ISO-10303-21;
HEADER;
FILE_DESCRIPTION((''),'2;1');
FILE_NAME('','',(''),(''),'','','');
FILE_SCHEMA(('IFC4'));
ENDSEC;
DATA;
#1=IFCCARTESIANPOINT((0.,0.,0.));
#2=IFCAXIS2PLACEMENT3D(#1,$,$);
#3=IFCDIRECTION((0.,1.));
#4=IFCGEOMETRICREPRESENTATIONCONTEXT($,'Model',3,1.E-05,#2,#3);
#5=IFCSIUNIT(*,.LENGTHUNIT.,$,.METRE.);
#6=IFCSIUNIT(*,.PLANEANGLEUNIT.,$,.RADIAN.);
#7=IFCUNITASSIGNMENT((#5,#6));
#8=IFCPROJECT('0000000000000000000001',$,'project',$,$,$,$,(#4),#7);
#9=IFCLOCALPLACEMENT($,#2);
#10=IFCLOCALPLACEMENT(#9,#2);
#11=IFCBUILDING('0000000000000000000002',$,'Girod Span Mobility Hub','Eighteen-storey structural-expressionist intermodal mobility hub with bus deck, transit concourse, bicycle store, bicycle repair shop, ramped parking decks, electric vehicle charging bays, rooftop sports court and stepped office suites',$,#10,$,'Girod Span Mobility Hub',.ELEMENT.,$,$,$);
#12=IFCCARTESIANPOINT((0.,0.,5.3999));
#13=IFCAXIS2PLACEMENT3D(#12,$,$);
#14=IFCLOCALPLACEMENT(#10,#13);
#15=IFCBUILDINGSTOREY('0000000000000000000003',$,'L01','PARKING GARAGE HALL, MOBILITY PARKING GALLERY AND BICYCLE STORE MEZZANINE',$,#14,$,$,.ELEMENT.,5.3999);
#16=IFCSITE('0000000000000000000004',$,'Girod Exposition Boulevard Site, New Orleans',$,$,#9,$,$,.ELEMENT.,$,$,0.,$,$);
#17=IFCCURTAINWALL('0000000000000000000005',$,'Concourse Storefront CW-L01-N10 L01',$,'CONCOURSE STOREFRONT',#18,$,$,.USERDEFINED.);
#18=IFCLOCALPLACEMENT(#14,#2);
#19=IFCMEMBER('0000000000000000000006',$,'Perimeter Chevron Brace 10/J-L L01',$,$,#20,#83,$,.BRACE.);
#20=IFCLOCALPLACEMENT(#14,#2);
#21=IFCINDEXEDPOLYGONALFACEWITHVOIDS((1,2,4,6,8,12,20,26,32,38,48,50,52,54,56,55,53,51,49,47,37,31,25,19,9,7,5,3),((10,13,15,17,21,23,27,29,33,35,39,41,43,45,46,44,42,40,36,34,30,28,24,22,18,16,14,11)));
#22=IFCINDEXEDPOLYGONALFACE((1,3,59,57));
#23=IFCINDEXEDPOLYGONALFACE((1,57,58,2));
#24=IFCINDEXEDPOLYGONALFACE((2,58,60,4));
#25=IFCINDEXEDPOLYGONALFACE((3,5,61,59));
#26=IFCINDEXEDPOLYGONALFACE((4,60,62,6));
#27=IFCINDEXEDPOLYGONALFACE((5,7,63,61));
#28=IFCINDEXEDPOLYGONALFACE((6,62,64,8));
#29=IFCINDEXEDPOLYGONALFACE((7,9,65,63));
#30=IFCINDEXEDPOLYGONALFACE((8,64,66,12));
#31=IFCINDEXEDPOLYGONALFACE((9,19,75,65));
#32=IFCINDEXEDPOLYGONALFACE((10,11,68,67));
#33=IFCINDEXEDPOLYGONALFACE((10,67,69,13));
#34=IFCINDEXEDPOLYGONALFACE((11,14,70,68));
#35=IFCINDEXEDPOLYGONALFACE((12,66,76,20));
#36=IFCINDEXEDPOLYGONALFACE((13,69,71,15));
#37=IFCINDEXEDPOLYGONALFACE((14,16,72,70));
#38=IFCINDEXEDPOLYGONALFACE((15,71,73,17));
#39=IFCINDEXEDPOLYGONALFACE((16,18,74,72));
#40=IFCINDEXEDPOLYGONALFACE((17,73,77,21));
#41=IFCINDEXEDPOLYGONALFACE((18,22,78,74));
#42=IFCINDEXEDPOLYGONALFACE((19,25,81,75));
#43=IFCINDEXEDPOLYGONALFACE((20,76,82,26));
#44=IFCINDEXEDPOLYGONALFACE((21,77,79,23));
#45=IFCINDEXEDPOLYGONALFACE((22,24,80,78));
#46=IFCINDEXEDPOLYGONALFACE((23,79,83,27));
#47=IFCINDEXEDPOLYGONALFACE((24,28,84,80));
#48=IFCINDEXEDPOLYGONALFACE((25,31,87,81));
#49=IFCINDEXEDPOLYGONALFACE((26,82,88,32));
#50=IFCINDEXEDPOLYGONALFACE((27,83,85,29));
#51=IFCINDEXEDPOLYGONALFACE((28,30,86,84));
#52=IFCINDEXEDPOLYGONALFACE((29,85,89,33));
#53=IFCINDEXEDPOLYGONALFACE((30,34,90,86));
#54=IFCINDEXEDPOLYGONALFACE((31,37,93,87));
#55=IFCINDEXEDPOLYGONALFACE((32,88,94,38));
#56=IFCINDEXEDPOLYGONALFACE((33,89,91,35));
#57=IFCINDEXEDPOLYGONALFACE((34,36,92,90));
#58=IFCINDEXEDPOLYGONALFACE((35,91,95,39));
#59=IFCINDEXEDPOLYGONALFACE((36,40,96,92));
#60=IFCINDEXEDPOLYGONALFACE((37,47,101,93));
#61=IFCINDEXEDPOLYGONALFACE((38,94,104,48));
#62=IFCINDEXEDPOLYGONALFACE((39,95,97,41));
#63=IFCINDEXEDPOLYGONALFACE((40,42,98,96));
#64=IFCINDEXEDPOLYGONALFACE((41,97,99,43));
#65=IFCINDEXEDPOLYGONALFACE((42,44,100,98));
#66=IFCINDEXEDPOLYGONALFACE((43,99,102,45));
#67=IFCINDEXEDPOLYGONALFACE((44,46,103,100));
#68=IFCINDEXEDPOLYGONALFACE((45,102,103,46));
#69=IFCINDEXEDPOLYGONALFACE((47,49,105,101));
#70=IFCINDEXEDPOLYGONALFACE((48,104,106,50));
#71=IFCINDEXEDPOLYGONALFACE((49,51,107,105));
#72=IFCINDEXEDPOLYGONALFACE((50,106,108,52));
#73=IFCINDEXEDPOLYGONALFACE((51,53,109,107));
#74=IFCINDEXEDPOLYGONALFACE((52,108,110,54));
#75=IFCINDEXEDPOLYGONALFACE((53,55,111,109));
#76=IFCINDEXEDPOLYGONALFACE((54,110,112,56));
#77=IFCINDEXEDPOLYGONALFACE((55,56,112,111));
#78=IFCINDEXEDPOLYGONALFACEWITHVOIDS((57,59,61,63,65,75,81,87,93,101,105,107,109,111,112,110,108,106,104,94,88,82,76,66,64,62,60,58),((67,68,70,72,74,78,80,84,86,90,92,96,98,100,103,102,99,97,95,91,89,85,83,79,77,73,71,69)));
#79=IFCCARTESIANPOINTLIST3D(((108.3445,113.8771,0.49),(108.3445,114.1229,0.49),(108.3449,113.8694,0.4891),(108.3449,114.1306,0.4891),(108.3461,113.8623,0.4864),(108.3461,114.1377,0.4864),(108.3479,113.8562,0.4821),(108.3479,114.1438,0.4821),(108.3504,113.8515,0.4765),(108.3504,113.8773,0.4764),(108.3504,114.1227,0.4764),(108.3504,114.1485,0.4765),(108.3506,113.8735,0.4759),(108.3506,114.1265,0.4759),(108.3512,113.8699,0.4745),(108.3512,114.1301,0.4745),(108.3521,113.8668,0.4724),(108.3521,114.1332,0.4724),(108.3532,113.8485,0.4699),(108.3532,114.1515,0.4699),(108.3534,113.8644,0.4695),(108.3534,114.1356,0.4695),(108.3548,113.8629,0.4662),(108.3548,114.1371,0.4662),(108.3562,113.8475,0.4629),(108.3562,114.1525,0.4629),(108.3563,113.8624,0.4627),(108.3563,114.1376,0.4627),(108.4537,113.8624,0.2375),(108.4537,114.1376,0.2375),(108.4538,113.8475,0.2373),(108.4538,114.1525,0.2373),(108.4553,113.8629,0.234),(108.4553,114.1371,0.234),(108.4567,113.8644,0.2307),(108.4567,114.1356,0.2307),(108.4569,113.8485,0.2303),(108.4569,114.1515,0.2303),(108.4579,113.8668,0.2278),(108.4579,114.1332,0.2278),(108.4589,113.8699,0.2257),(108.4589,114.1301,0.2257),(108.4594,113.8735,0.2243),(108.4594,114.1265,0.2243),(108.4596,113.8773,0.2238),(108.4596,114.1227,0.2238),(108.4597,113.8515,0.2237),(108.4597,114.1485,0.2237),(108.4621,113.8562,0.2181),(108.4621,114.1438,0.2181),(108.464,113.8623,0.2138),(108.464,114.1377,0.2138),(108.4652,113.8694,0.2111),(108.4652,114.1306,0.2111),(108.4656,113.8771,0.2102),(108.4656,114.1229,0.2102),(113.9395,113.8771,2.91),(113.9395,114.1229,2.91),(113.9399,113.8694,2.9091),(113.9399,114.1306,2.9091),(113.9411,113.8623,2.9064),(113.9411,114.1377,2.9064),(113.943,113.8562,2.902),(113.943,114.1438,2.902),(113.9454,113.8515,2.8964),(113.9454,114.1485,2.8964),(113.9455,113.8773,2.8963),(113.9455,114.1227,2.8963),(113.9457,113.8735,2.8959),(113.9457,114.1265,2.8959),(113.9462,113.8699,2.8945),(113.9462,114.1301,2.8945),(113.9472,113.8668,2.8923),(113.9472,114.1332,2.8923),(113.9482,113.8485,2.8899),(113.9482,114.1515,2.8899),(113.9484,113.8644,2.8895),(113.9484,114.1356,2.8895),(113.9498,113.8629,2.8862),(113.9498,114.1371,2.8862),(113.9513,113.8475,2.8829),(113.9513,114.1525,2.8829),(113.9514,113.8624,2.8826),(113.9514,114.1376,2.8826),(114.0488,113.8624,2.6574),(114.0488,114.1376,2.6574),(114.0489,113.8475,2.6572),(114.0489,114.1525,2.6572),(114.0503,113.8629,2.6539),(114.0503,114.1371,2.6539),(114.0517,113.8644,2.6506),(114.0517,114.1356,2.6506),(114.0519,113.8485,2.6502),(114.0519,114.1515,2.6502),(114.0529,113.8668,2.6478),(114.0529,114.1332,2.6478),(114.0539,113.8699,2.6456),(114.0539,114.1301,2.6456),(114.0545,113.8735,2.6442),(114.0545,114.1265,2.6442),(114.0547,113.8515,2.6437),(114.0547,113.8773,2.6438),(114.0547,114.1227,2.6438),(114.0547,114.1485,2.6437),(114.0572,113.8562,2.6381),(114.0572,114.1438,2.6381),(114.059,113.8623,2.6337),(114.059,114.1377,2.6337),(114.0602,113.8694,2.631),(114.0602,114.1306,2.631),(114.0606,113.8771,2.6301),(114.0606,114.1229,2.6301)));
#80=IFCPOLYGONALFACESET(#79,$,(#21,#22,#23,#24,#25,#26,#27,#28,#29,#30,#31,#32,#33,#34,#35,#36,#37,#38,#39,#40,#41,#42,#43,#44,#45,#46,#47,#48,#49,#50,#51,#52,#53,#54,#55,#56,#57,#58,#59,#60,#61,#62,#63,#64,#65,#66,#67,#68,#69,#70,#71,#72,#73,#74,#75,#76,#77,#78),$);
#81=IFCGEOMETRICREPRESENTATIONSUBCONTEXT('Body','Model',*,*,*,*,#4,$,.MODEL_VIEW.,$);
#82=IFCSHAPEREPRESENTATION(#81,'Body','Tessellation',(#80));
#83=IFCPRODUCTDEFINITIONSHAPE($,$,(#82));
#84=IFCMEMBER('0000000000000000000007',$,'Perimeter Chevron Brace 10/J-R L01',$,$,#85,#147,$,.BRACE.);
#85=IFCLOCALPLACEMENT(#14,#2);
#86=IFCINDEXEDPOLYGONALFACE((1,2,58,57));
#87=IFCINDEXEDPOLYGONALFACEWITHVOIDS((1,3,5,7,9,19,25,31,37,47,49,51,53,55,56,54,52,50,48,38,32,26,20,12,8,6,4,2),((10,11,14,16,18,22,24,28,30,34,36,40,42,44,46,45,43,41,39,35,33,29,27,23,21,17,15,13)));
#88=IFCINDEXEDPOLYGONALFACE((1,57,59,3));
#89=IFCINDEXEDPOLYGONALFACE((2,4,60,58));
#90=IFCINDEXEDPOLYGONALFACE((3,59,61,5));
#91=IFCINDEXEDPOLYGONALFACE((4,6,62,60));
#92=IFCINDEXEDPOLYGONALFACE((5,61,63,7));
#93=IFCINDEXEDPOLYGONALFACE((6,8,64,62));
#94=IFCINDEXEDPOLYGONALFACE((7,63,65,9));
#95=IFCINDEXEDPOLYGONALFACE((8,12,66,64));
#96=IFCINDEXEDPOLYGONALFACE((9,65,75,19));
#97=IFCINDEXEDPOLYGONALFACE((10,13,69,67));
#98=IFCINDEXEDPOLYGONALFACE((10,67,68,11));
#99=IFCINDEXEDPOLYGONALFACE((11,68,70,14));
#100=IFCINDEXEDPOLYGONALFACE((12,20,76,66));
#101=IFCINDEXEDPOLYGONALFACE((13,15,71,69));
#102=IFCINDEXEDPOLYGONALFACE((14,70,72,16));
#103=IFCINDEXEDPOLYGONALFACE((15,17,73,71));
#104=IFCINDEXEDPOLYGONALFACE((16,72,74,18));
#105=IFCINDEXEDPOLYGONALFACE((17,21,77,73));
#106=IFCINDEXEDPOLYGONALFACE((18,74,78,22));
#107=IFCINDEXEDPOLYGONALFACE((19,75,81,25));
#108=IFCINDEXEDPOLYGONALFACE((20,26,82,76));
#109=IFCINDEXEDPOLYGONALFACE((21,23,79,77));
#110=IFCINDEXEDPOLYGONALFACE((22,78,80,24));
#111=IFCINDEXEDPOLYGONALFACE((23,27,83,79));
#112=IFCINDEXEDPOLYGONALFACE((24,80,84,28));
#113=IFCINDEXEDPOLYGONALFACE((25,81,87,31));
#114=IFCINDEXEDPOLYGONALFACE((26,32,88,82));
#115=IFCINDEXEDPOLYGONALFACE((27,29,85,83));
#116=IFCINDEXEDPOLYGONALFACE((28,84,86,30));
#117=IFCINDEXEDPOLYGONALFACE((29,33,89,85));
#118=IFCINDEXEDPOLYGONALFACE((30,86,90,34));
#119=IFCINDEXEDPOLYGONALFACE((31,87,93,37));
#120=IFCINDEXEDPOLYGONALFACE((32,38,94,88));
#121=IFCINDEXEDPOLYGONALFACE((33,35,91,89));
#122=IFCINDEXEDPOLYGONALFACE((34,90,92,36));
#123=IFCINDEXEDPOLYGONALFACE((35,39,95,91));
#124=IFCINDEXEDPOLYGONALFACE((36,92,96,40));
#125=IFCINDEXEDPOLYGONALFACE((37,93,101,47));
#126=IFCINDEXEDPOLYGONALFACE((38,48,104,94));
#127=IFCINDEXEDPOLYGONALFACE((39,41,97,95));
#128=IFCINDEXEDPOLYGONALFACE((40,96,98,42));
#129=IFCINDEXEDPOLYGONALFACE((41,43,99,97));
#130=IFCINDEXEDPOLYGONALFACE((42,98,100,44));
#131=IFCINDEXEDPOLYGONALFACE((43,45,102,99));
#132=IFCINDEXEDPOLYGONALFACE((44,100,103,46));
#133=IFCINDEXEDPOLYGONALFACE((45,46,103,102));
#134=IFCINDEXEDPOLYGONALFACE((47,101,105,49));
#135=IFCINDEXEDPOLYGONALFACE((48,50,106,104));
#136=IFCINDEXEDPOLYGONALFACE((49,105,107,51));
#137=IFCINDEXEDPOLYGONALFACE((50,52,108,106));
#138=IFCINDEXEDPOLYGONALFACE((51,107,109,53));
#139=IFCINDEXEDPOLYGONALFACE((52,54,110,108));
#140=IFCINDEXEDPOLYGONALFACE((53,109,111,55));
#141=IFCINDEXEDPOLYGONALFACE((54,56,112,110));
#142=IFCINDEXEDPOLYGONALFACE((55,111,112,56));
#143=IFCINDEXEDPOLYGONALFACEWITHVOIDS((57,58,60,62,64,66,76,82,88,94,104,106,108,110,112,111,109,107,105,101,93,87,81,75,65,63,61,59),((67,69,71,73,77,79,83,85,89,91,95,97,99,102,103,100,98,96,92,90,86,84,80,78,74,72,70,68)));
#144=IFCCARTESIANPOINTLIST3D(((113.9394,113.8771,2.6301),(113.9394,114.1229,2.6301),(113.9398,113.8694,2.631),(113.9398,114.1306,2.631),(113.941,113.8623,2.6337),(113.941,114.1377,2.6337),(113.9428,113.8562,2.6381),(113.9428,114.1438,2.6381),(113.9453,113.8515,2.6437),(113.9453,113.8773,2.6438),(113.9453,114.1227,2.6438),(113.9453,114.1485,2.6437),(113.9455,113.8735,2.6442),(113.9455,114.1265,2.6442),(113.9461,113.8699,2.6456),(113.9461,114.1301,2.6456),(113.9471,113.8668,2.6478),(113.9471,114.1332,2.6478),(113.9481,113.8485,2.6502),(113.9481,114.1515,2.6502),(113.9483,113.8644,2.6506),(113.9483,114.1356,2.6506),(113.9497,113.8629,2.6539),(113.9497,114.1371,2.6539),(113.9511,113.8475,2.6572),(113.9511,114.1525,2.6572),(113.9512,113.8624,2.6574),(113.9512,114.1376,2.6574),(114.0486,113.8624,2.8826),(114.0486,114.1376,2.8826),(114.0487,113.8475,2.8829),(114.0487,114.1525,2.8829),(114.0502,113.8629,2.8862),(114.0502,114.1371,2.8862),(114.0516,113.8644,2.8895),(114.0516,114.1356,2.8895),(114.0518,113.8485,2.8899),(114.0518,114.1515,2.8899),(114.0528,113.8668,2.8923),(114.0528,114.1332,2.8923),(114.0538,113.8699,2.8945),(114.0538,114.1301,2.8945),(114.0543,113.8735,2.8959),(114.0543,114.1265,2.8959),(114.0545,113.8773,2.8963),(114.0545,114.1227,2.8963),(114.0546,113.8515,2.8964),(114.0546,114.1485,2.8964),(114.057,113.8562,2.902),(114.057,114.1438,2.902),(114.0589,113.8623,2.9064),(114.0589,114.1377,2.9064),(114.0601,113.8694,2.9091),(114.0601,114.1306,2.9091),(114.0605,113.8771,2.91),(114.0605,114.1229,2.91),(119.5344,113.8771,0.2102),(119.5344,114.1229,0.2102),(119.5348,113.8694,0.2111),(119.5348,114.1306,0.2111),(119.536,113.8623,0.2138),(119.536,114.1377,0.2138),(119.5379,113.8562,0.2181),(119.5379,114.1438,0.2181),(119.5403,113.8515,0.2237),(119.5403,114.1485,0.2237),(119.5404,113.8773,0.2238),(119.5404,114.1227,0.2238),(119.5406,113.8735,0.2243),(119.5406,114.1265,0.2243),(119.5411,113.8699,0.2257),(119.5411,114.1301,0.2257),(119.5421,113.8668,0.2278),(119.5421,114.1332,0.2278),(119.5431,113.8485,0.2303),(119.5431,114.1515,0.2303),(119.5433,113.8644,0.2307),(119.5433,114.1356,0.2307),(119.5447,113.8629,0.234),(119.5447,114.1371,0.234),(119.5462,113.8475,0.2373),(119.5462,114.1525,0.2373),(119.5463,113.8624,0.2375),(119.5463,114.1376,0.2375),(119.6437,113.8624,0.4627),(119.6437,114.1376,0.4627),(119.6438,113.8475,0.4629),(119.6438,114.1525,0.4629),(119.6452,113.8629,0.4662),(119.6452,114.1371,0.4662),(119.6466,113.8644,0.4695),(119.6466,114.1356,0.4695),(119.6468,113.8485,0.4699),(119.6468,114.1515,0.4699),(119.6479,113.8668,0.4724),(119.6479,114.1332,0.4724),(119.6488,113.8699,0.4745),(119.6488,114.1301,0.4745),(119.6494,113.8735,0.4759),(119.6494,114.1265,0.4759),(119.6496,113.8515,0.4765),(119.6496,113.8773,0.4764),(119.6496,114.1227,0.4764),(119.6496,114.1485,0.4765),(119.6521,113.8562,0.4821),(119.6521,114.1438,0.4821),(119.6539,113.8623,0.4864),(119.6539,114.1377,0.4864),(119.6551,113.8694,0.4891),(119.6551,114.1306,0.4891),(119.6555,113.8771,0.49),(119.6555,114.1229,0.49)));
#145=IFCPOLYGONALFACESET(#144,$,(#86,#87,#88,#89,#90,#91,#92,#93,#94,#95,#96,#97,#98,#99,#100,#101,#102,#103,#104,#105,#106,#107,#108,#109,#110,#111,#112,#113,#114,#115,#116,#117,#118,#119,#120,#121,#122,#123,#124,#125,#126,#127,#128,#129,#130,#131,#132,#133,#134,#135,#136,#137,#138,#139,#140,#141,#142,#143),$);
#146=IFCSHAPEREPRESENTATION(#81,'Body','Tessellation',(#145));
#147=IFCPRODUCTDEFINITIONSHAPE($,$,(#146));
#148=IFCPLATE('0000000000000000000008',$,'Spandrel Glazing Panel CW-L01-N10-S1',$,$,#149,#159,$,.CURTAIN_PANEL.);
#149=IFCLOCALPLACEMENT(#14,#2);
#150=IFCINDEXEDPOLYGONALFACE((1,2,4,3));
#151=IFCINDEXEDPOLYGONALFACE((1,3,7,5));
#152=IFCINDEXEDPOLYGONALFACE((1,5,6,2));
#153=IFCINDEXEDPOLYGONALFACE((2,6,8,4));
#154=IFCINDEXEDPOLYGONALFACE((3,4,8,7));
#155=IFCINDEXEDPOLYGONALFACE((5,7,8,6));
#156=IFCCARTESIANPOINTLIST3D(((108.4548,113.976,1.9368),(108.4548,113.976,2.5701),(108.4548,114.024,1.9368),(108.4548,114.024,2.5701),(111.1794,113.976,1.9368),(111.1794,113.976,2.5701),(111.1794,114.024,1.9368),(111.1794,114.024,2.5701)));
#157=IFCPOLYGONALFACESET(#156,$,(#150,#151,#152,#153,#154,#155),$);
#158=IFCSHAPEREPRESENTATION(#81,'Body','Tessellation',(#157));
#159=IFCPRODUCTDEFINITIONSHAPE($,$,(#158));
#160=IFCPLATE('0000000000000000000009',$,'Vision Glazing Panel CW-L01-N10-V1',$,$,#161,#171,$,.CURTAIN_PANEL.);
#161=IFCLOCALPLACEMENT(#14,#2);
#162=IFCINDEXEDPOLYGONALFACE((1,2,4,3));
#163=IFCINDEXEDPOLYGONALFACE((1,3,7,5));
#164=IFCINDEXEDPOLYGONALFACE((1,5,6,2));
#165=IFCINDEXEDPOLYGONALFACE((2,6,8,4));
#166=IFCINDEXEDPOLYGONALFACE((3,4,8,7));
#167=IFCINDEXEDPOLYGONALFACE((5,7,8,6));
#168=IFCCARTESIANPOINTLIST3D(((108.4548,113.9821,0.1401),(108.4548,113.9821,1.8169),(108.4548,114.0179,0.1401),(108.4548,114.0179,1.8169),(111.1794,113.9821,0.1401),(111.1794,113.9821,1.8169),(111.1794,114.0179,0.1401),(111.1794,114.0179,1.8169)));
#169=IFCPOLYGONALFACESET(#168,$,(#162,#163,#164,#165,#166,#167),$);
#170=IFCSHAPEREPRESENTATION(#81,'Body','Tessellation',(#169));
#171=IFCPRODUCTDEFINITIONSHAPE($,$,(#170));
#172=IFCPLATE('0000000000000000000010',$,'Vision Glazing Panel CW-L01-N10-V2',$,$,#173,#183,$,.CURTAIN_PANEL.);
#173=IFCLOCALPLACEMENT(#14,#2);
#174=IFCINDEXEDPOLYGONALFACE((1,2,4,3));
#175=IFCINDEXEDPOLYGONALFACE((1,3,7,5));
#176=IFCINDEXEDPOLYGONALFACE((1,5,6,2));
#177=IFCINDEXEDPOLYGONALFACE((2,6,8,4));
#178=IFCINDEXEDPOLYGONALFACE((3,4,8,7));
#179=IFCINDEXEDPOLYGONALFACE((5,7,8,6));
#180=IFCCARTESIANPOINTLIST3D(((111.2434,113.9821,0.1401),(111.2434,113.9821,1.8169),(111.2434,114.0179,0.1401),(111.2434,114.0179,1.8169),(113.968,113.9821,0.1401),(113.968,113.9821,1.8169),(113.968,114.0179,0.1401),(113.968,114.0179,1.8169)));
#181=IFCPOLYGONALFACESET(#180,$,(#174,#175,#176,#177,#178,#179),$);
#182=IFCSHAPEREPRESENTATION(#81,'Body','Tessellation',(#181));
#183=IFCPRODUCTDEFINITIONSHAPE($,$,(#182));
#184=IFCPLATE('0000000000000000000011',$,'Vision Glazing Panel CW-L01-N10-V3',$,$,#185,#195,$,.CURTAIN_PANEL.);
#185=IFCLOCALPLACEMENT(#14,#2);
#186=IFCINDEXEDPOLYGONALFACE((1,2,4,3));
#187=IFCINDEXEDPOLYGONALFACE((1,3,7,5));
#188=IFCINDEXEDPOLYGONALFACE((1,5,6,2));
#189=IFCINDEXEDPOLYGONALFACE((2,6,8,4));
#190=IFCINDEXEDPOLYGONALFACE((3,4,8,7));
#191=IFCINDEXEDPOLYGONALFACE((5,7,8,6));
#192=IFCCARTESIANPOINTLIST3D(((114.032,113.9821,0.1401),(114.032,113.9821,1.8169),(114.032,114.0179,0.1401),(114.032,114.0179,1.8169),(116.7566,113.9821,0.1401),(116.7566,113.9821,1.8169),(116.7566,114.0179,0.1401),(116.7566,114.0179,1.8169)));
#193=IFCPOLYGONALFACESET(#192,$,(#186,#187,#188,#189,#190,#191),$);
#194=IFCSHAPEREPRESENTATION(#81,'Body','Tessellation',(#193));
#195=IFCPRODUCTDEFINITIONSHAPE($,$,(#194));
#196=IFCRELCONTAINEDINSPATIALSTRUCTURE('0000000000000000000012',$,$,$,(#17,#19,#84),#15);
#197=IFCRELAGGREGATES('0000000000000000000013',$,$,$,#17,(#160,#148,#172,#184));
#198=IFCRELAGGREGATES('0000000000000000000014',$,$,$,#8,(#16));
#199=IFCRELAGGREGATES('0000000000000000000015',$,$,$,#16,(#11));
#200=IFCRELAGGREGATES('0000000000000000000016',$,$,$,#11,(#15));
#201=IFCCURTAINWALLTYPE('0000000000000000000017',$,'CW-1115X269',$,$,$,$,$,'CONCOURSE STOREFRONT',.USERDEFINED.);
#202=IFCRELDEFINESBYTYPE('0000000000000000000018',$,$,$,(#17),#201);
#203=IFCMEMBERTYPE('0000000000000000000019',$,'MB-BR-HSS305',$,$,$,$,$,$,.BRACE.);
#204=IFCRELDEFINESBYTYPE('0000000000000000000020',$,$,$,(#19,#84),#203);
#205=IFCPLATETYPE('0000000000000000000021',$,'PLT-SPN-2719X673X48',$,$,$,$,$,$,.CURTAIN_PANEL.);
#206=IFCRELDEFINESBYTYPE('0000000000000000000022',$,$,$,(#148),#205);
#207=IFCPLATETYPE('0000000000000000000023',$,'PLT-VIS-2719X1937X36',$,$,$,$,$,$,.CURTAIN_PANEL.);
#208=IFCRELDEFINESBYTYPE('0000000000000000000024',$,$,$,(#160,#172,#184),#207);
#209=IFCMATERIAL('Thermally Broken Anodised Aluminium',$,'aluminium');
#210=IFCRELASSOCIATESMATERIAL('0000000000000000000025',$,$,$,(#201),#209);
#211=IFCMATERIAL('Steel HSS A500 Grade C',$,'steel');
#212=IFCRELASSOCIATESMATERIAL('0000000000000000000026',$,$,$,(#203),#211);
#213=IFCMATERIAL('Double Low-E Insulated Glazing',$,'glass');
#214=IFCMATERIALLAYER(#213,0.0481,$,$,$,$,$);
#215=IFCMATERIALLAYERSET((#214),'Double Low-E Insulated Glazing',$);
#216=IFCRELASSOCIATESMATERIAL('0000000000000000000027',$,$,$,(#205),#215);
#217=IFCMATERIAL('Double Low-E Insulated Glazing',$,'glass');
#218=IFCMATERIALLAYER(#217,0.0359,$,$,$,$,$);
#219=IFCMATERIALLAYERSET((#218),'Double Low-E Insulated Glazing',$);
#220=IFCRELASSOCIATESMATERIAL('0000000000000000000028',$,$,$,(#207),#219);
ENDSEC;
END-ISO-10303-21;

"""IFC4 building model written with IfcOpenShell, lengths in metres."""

from ifc_helpers import new_model, si_unit, direction, frame, origin, origin_2d, place, context, subcontext, project, spatial, rectangle, hollow_rectangle, extrude, material, layer, layer_set, material_profile, profile_set, type_object, element, aggregate, save


model = new_model("IFC4")

# Units and contexts
model_context = context("Model", 3, precision=1e-05, world=origin(), true_north=direction((0.0, 1.0)))
body_context = subcontext(model_context, "Body", "Model", "MODEL_VIEW")
ifc_project = project(units=[si_unit("LENGTHUNIT", "METRE"), si_unit("PLANEANGLEUNIT", "RADIAN")], contexts=[model_context])

# Site, building, storey
site_placement = place(None, origin())
site = spatial("IfcSite", under=ifc_project, at=site_placement, Name="Girod Exposition Boulevard Site, New Orleans", CompositionType="ELEMENT", RefElevation=0.0)
building_placement = place(site_placement, origin())
building = spatial("IfcBuilding", under=site, at=building_placement, Name="Girod Span Mobility Hub", Description="Eighteen-storey structural-expressionist intermodal mobility hub with bus deck, transit concourse, bicycle store, bicycle repair shop, ramped parking decks, electric vehicle charging bays, rooftop sports court and stepped office suites", LongName="Girod Span Mobility Hub", CompositionType="ELEMENT")
storey_placement = place(building_placement, frame((0.0, 0.0, 5.3999)))
storey = spatial("IfcBuildingStorey", under=building, at=storey_placement, Name="L01", Description="PARKING GARAGE HALL, MOBILITY PARKING GALLERY AND BICYCLE STORE MEZZANINE", CompositionType="ELEMENT", Elevation=5.3999)

# Curtain wall
ifc_material_1 = material(Name="Thermally Broken Anodised Aluminium", Category="aluminium")
curtain_wall_type = type_object("IfcCurtainWallType", Name="CW-1115X269", ElementType="CONCOURSE STOREFRONT", PredefinedType="USERDEFINED", material=ifc_material_1)
curtain_wall_placement = place(storey_placement, origin())
curtain_wall = element("IfcCurtainWall", 1, at=curtain_wall_placement, inside=storey, type_object=curtain_wall_type, Name="Concourse Storefront CW-L01-N10 L01", ObjectType="CONCOURSE STOREFRONT", PredefinedType="USERDEFINED")

# Members
ifc_material_2 = material(Name="Steel HSS A500 Grade C", Category="steel")
ifc_material_profile_1 = material_profile(ifc_material_2, hollow_rectangle(XDim=0.3049, YDim=0.3049, WallThickness=0.0149, InnerFilletRadius=0.0149, OuterFilletRadius=0.0295, at=origin_2d()), Name="HSS305X305X16")
ifc_profile_set_1 = profile_set([ifc_material_profile_1], Name="Steel HSS A500 Grade C")
member_type_1 = type_object("IfcMemberType", Name="MB-BR-HSS305", PredefinedType="BRACE", material=ifc_profile_set_1)
for number, where, z_axis, x_axis, name in (
    (2, (108.405, 114.0, 0.3501), (0.917829, 0.0, 0.396977), (0.0, 1.0, 0.0), "Perimeter Chevron Brace 10/J-L L01"),
    (3, (119.595, 114.0, 0.3501), (-0.917829, 0.0, 0.396977), (0.0, -1.0, 0.0), "Perimeter Chevron Brace 10/J-R L01"),
):
    element("IfcMember", number, at=place(storey_placement, frame(where, z_axis=z_axis, x_axis=x_axis)), inside=storey, type_object=member_type_1, Name=name, PredefinedType="BRACE", context=body_context, shape_type="SweptSolid", body=[
        extrude(hollow_rectangle(XDim=0.3049, YDim=0.3049, WallThickness=0.0149, InnerFilletRadius=0.0149, OuterFilletRadius=0.0295, at=origin_2d()), origin(), (0.0, 0.0, 1.0), 6.0959),
    ])

# Plates
ifc_material_3 = material(Name="Double Low-E Insulated Glazing", Category="glass")
ifc_layer_1 = layer(ifc_material_3, 0.0481)
ifc_layer_set_1 = layer_set([ifc_layer_1], Name="Double Low-E Insulated Glazing")
plate_type_1 = type_object("IfcPlateType", Name="PLT-SPN-2719X673X48", PredefinedType="CURTAIN_PANEL", material=ifc_layer_set_1)
plate_1_placement = place(storey_placement, frame((109.8171, 114.0, 1.9368), z_axis=(0.0, 0.0, 1.0), x_axis=(1.0, 0.0, 0.0)))
plate_1 = element("IfcPlate", 4, at=plate_1_placement, type_object=plate_type_1, Name="Spandrel Glazing Panel CW-L01-N10-S1", PredefinedType="CURTAIN_PANEL", context=body_context, shape_type="SweptSolid", body=[
    extrude(rectangle(XDim=2.7246, YDim=0.0481, at=origin_2d()), origin(), (0.0, 0.0, 1.0), 0.6333),
])
ifc_material_4 = material(Name="Double Low-E Insulated Glazing", Category="glass")
ifc_layer_2 = layer(ifc_material_4, 0.0359)
ifc_layer_set_2 = layer_set([ifc_layer_2], Name="Double Low-E Insulated Glazing")
plate_type_2 = type_object("IfcPlateType", Name="PLT-VIS-2719X1937X36", PredefinedType="CURTAIN_PANEL", material=ifc_layer_set_2)
plate_2_placement = place(storey_placement, frame((109.8171, 114.0, 0.1401), z_axis=(0.0, 0.0, 1.0), x_axis=(1.0, 0.0, 0.0)))
plate_2 = element("IfcPlate", 5, at=plate_2_placement, type_object=plate_type_2, Name="Vision Glazing Panel CW-L01-N10-V1", PredefinedType="CURTAIN_PANEL", context=body_context, shape_type="SweptSolid", body=[
    extrude(rectangle(XDim=2.7246, YDim=0.0359, at=origin_2d()), origin(), (0.0, 0.0, 1.0), 1.6768),
])
plate_3_placement = place(storey_placement, frame((112.6057, 114.0, 0.1401), z_axis=(0.0, 0.0, 1.0), x_axis=(1.0, 0.0, 0.0)))
plate_3 = element("IfcPlate", 6, at=plate_3_placement, type_object=plate_type_2, Name="Vision Glazing Panel CW-L01-N10-V2", PredefinedType="CURTAIN_PANEL", context=body_context, shape_type="SweptSolid", body=[
    extrude(rectangle(XDim=2.7246, YDim=0.0359, at=origin_2d()), origin(), (0.0, 0.0, 1.0), 1.6768),
])
plate_4_placement = place(storey_placement, frame((115.3943, 114.0, 0.1401), z_axis=(0.0, 0.0, 1.0), x_axis=(1.0, 0.0, 0.0)))
plate_4 = element("IfcPlate", 7, at=plate_4_placement, type_object=plate_type_2, Name="Vision Glazing Panel CW-L01-N10-V3", PredefinedType="CURTAIN_PANEL", context=body_context, shape_type="SweptSolid", body=[
    extrude(rectangle(XDim=2.7246, YDim=0.0359, at=origin_2d()), origin(), (0.0, 0.0, 1.0), 1.6768),
])
aggregate(curtain_wall, [plate_2, plate_1, plate_3, plate_4])

save(model, "model.ifc")
